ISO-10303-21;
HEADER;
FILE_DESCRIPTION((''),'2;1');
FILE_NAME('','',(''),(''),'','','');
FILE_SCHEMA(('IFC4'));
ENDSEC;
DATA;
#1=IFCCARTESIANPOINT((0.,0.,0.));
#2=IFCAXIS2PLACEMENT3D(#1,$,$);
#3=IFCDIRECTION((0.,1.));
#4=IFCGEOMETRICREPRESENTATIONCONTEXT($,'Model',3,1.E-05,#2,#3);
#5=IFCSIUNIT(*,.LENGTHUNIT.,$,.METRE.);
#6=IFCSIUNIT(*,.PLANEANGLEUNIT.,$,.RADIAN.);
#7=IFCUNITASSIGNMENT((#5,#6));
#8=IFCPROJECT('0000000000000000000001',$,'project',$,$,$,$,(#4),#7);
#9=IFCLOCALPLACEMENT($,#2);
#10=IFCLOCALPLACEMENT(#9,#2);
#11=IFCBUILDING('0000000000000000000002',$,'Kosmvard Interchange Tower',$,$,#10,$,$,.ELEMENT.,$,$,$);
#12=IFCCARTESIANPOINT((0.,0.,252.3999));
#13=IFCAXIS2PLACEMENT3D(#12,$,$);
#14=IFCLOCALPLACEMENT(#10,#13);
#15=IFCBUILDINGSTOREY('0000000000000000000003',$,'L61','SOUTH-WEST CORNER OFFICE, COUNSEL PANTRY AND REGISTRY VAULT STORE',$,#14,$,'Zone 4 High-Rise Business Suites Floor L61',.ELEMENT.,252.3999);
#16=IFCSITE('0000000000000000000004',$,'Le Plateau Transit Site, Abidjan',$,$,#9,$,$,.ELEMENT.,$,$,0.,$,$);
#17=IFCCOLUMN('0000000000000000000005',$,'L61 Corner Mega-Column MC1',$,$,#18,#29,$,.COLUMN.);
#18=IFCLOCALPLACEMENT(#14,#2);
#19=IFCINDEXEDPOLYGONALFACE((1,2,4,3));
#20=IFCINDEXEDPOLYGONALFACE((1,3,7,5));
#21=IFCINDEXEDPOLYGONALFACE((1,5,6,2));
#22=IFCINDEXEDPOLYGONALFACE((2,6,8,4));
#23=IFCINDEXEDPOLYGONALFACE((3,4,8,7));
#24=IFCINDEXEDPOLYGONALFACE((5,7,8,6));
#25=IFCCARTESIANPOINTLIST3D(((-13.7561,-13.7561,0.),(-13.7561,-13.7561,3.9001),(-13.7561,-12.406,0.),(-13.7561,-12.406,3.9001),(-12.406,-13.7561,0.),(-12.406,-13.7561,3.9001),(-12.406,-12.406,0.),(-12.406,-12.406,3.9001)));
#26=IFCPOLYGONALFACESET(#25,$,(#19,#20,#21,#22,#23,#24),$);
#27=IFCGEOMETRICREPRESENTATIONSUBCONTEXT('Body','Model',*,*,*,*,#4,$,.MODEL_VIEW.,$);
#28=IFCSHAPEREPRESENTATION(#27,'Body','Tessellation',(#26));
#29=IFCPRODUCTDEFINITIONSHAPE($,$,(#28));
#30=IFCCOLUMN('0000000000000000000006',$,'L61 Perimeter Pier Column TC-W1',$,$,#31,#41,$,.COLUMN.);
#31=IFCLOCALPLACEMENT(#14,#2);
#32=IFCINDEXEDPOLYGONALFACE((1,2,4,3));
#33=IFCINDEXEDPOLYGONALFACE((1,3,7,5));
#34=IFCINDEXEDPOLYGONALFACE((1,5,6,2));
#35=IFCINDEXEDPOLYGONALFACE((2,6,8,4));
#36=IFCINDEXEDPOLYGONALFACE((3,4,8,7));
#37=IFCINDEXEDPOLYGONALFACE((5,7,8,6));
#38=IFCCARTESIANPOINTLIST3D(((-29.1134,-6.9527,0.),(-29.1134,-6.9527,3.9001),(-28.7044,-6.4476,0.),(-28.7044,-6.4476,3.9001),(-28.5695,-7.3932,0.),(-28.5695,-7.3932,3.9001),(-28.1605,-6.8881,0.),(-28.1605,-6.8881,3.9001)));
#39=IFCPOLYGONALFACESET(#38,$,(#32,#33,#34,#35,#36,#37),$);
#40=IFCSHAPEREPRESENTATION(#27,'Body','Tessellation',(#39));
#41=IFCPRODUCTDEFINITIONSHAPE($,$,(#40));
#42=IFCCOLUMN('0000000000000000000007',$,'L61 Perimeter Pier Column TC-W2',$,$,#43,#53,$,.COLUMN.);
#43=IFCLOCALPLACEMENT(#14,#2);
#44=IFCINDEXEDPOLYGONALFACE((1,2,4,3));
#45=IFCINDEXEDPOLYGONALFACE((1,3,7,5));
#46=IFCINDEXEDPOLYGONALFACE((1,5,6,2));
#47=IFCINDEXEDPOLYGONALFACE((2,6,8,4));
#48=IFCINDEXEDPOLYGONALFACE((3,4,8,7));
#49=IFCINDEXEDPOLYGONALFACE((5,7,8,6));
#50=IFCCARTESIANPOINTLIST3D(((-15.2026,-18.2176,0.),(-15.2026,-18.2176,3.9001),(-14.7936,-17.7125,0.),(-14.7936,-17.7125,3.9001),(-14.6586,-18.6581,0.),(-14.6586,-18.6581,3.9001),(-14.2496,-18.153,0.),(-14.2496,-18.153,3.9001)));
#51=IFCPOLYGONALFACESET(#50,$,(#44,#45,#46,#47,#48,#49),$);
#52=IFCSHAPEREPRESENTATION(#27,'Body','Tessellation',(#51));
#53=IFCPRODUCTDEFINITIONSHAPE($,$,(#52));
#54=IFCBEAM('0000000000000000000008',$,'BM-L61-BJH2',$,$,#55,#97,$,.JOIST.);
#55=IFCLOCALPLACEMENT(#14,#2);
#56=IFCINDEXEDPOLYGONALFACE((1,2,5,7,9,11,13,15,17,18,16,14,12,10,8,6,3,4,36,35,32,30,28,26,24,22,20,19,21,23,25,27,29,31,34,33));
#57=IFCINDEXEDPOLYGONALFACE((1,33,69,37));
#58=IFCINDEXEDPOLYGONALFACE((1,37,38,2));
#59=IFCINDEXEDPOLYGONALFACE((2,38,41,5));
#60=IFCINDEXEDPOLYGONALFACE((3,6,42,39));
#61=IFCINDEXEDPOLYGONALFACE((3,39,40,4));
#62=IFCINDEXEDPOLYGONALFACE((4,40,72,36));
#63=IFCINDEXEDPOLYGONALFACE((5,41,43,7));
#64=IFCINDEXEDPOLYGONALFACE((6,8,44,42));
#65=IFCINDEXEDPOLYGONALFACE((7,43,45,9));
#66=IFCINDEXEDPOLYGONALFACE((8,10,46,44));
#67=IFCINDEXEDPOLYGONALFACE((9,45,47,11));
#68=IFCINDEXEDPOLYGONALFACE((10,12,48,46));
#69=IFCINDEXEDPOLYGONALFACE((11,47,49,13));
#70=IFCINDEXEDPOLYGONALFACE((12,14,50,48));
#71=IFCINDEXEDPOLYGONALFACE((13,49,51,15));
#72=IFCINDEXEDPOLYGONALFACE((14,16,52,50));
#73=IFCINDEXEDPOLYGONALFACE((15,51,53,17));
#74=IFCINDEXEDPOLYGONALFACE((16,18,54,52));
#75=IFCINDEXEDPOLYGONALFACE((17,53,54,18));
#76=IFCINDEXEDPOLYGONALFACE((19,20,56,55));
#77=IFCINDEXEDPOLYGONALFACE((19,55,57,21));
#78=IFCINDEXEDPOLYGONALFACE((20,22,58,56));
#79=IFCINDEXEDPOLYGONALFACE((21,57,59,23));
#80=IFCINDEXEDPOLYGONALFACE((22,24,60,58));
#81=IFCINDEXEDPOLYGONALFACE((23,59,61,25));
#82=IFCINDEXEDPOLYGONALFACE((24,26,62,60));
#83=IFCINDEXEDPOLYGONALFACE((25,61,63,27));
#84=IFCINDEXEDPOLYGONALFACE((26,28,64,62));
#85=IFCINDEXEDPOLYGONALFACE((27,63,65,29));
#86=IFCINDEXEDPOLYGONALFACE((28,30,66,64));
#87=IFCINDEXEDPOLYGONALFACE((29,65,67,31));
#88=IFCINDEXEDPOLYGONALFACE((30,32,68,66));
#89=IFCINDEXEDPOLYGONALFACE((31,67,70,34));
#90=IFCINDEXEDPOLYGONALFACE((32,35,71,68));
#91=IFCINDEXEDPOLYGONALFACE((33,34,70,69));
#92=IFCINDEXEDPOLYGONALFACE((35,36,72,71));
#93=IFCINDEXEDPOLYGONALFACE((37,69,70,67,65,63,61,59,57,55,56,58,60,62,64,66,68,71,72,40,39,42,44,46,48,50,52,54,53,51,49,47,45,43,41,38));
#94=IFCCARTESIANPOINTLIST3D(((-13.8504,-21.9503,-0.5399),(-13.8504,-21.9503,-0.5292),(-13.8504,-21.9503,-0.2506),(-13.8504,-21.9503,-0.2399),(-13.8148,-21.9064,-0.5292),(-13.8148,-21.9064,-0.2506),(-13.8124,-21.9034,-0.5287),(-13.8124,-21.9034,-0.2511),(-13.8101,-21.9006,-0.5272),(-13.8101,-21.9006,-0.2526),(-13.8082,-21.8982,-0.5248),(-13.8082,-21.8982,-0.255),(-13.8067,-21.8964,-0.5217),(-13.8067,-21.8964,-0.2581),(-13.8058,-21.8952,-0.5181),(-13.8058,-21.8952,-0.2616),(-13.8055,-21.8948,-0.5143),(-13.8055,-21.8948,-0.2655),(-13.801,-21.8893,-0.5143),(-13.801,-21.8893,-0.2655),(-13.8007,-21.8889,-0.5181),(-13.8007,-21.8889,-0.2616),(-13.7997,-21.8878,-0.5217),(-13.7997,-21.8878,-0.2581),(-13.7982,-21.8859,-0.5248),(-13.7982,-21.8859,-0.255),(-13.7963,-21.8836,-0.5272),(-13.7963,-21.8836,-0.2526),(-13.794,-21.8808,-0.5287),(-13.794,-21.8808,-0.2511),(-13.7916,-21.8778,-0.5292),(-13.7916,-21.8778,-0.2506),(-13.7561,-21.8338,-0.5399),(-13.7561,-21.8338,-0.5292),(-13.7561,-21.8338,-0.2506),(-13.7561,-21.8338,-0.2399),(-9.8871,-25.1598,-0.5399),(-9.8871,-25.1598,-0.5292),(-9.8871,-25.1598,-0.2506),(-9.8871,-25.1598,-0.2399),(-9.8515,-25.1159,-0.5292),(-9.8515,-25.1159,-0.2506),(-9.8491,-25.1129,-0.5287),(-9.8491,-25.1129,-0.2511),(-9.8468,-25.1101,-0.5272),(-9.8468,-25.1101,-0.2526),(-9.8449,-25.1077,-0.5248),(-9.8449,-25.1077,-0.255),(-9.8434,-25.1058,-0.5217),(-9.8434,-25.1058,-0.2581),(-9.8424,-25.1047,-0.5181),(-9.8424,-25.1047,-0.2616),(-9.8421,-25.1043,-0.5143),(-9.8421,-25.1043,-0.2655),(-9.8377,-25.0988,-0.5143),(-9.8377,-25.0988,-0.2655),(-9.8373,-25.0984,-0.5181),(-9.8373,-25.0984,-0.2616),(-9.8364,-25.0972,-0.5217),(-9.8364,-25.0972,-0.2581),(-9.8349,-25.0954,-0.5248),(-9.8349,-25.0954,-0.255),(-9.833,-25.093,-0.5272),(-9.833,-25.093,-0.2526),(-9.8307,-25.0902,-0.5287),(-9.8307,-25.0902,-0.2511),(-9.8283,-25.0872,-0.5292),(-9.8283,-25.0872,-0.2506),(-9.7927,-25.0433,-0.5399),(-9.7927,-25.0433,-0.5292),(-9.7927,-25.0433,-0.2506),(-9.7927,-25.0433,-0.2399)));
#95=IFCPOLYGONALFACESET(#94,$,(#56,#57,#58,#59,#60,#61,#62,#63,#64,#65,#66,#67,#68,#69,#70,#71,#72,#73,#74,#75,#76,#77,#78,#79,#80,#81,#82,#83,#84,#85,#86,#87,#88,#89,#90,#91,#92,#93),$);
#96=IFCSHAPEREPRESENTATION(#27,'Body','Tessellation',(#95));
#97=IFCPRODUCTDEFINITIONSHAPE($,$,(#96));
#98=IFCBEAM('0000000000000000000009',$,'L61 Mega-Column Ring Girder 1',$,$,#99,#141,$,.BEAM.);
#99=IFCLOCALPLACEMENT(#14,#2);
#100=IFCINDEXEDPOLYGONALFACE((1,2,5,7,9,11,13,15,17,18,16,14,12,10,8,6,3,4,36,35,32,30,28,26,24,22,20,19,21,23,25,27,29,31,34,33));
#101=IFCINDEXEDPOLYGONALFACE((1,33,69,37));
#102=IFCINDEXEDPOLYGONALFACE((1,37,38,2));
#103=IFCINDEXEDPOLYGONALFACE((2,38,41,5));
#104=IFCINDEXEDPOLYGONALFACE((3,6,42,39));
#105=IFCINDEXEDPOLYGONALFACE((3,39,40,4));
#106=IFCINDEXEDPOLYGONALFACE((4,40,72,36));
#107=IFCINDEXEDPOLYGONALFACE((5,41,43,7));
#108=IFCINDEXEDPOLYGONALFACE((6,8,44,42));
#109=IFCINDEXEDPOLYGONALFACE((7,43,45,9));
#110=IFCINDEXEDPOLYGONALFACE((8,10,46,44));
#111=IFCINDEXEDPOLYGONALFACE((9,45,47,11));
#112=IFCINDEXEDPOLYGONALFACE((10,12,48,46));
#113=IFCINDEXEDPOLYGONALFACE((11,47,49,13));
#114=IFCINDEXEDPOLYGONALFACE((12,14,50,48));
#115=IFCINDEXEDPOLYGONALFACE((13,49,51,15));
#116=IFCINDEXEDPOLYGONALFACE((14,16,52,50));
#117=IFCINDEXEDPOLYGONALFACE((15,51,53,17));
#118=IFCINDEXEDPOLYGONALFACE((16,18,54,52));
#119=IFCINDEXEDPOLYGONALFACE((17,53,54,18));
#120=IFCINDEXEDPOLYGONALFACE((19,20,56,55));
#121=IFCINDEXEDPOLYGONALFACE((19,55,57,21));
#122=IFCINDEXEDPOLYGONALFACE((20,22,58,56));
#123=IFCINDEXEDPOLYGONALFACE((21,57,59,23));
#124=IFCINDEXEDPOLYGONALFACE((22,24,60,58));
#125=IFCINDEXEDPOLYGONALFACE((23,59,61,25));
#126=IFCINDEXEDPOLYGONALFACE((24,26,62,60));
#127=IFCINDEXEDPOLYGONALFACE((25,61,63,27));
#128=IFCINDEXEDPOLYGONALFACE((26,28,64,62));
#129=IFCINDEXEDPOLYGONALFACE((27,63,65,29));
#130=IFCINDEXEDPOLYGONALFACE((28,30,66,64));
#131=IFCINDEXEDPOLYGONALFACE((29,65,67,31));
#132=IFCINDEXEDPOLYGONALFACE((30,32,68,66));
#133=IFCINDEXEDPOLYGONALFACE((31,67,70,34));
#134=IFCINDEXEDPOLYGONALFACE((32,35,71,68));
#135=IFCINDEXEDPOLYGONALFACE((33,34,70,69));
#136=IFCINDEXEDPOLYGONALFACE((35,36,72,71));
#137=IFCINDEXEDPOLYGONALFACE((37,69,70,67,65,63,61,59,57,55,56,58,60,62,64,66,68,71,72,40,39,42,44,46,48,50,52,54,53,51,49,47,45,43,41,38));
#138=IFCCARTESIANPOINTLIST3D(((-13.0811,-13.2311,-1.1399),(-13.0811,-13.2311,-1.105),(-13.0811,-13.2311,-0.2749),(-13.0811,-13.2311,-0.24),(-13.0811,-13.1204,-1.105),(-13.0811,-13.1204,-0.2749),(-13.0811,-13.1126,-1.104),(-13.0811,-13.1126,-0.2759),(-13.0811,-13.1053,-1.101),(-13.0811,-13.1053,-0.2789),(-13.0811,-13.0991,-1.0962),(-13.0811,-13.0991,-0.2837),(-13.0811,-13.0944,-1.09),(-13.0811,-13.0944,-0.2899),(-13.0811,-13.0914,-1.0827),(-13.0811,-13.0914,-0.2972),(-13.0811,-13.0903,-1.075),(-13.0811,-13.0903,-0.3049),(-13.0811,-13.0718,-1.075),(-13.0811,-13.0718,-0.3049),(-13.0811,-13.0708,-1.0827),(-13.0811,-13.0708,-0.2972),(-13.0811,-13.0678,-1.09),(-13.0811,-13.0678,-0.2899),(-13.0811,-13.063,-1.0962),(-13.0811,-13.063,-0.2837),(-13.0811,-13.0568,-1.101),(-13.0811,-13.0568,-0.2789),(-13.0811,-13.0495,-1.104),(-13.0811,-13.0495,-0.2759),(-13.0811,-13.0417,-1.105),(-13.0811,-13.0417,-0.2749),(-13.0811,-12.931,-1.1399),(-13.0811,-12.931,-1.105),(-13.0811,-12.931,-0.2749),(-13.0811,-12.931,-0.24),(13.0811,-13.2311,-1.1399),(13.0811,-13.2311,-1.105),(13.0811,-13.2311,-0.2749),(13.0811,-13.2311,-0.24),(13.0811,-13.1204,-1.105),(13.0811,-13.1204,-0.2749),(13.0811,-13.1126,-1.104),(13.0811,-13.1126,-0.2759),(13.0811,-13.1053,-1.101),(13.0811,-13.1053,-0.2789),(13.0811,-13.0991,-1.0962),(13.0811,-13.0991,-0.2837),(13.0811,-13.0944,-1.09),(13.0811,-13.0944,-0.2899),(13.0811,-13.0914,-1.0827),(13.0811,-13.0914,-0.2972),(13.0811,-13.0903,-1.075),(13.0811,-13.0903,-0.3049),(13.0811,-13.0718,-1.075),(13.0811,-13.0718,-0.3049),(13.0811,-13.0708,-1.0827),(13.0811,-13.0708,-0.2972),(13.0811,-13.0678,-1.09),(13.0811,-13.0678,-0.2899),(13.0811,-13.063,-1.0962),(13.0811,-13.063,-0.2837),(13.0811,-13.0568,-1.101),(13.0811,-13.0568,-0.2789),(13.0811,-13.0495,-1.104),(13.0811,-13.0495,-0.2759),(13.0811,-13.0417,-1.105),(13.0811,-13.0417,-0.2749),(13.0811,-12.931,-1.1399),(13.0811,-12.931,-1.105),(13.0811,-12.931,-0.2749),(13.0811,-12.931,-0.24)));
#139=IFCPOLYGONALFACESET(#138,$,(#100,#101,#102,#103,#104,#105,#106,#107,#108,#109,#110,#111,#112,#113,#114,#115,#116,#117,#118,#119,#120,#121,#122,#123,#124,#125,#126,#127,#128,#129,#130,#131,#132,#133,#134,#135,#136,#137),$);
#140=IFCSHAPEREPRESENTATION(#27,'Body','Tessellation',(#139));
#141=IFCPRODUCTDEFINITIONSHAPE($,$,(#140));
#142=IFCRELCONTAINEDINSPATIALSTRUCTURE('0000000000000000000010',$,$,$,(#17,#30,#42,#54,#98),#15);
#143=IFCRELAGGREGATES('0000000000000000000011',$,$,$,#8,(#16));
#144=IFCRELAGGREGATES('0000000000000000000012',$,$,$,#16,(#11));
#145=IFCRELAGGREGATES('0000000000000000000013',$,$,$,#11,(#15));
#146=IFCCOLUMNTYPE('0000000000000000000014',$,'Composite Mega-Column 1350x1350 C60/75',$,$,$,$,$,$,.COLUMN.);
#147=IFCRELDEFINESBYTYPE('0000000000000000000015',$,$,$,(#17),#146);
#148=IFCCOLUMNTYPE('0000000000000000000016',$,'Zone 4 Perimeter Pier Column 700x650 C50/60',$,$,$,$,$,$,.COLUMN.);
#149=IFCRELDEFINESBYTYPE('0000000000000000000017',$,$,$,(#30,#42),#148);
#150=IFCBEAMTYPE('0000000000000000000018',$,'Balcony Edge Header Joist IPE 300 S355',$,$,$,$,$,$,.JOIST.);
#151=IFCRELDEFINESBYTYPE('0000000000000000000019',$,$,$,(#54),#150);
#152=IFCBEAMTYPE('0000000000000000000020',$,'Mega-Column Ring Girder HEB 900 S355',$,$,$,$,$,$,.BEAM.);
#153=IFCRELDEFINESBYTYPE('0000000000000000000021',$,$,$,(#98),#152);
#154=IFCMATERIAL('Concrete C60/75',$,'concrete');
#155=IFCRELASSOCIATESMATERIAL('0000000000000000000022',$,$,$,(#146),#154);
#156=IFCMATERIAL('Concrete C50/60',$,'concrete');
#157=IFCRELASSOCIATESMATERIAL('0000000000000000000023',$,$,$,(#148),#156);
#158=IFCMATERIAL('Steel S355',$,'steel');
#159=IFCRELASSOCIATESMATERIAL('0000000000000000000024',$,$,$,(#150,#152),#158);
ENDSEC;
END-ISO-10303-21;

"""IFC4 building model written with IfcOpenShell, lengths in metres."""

from ifc_helpers import new_model, si_unit, direction, frame, origin, origin_2d, place, context, subcontext, project, spatial, rectangle, i_section, extrude, source, transform, mapped, material, material_profile, profile_set, type_object, element, save


model = new_model("IFC4")

# Units and contexts
model_context = context("Model", 3, precision=1e-05, world=origin(), true_north=direction((0.0, 1.0)))
body_context = subcontext(model_context, "Body", "Model", "MODEL_VIEW")
ifc_project = project(units=[si_unit("LENGTHUNIT", "METRE"), si_unit("PLANEANGLEUNIT", "RADIAN")], contexts=[model_context])

# Site, building, storey
site_placement = place(None, origin())
site = spatial("IfcSite", under=ifc_project, at=site_placement, Name="Le Plateau Transit Site, Abidjan", CompositionType="ELEMENT", RefElevation=0.0)
building_placement = place(site_placement, origin())
building = spatial("IfcBuilding", under=site, at=building_placement, Name="Kosmvard Interchange Tower", CompositionType="ELEMENT")
storey_placement = place(building_placement, frame((0.0, 0.0, 252.3999)))
storey = spatial("IfcBuildingStorey", under=building, at=storey_placement, Name="L61", Description="SOUTH-WEST CORNER OFFICE, COUNSEL PANTRY AND REGISTRY VAULT STORE", LongName="Zone 4 High-Rise Business Suites Floor L61", CompositionType="ELEMENT", Elevation=252.3999)

# Columns
ifc_material_1 = material(Name="Concrete C60/75", Category="concrete")
ifc_material_profile_1 = material_profile(ifc_material_1, rectangle(XDim=1.3501, YDim=1.3501, at=origin_2d()), Name="MC 1350x1350")
ifc_profile_set_1 = profile_set([ifc_material_profile_1], Name="Concrete C60/75")
column_type_1 = type_object("IfcColumnType", Name="Composite Mega-Column 1350x1350 C60/75", PredefinedType="COLUMN", material=ifc_profile_set_1)
shared_shape_1 = source(origin(), body_context, "Body", "SweptSolid", [
    extrude(rectangle(XDim=1.3501, YDim=1.3501, at=origin_2d()), origin(), (0.0, 0.0, 1.0), 3.9001),
])
column_placement = place(storey_placement, frame((-13.0811, -13.0811, 0.0), z_axis=(0.0, 0.0, 1.0), x_axis=(1.0, 0.0, 0.0)))
element("IfcColumn", 1, at=column_placement, inside=storey, type_object=column_type_1, Name="L61 Corner Mega-Column MC1", PredefinedType="COLUMN", context=body_context, shape_type="MappedRepresentation", body=[
    mapped(shared_shape_1, transform((0.0, 0.0, 0.0), scale=1.0)),
])
ifc_material_2 = material(Name="Concrete C50/60", Category="concrete")
ifc_material_profile_2 = material_profile(ifc_material_2, rectangle(XDim=0.6499, YDim=0.7, at=origin_2d()), Name="TC 700x650")
ifc_profile_set_2 = profile_set([ifc_material_profile_2], Name="Concrete C50/60")
column_type_2 = type_object("IfcColumnType", Name="Zone 4 Perimeter Pier Column 700x650 C50/60", PredefinedType="COLUMN", material=ifc_profile_set_2)
shared_shape_2 = source(origin(), body_context, "Body", "SweptSolid", [
    extrude(rectangle(XDim=0.6499, YDim=0.7, at=origin_2d()), origin(), (0.0, 0.0, 1.0), 3.9001),
])
for number, where, z_axis, x_axis, name in (
    (2, (-28.637, -6.9204, 0.0), (0.0, 0.0, 1.0), (0.62932, 0.777146, 0.0), "L61 Perimeter Pier Column TC-W1"),
    (3, (-14.7261, -18.1853, 0.0), (0.0, 0.0, 1.0), (0.62932, 0.777146, 0.0), "L61 Perimeter Pier Column TC-W2"),
):
    element("IfcColumn", number, at=place(storey_placement, frame(where, z_axis=z_axis, x_axis=x_axis)), inside=storey, type_object=column_type_2, Name=name, PredefinedType="COLUMN", context=body_context, shape_type="MappedRepresentation", body=[
        mapped(shared_shape_2, transform((0.0, 0.0, 0.0), scale=1.0)),
    ])

# Beams
ifc_material_3 = material(Name="Steel S355", Category="steel")
ifc_material_profile_3 = material_profile(ifc_material_3, i_section(OverallWidth=0.1499, OverallDepth=0.3, WebThickness=0.0071, FlangeThickness=0.0107, FilletRadius=0.0149, at=origin_2d()), Name="IPE 300")
ifc_profile_set_3 = profile_set([ifc_material_profile_3], Name="Steel S355")
beam_type_1 = type_object("IfcBeamType", Name="Balcony Edge Header Joist IPE 300 S355", PredefinedType="JOIST", material=ifc_profile_set_3)
shared_shape_3 = source(origin(), body_context, "Body", "SweptSolid", [
    extrude(i_section(OverallWidth=0.1499, OverallDepth=0.3, WebThickness=0.0071, FlangeThickness=0.0107, FilletRadius=0.0149, at=origin_2d()), origin(), (0.0, 0.0, 1.0), 5.0999),
])
beam_1_placement = place(storey_placement, frame((-13.8032, -21.8921, -0.3899), z_axis=(0.777147, -0.629319, 0.0), x_axis=(0.629319, 0.777147, 0.0)))
element("IfcBeam", 4, at=beam_1_placement, inside=storey, type_object=beam_type_1, Name="BM-L61-BJH2", PredefinedType="JOIST", context=body_context, shape_type="MappedRepresentation", body=[
    mapped(shared_shape_3, transform((0.0, 0.0, 0.0), scale=1.0)),
])
ifc_material_profile_4 = material_profile(ifc_material_3, i_section(OverallWidth=0.3, OverallDepth=0.8999, WebThickness=0.0186, FlangeThickness=0.0349, FilletRadius=0.03, at=origin_2d()), Name="HEB 900")
ifc_profile_set_4 = profile_set([ifc_material_profile_4], Name="Steel S355")
beam_type_2 = type_object("IfcBeamType", Name="Mega-Column Ring Girder HEB 900 S355", PredefinedType="BEAM", material=ifc_profile_set_4)
shared_shape_4 = source(origin(), body_context, "Body", "SweptSolid", [
    extrude(i_section(OverallWidth=0.3, OverallDepth=0.8999, WebThickness=0.0186, FlangeThickness=0.0349, FilletRadius=0.03, at=origin_2d()), origin(), (0.0, 0.0, 1.0), 26.1621),
])
beam_2_placement = place(storey_placement, frame((-13.0811, -13.0811, -0.6899), z_axis=(1.0, 0.0, 0.0), x_axis=(0.0, 1.0, 0.0)))
element("IfcBeam", 5, at=beam_2_placement, inside=storey, type_object=beam_type_2, Name="L61 Mega-Column Ring Girder 1", PredefinedType="BEAM", context=body_context, shape_type="MappedRepresentation", body=[
    mapped(shared_shape_4, transform((0.0, 0.0, 0.0), scale=1.0)),
])

save(model, "model.ifc")
